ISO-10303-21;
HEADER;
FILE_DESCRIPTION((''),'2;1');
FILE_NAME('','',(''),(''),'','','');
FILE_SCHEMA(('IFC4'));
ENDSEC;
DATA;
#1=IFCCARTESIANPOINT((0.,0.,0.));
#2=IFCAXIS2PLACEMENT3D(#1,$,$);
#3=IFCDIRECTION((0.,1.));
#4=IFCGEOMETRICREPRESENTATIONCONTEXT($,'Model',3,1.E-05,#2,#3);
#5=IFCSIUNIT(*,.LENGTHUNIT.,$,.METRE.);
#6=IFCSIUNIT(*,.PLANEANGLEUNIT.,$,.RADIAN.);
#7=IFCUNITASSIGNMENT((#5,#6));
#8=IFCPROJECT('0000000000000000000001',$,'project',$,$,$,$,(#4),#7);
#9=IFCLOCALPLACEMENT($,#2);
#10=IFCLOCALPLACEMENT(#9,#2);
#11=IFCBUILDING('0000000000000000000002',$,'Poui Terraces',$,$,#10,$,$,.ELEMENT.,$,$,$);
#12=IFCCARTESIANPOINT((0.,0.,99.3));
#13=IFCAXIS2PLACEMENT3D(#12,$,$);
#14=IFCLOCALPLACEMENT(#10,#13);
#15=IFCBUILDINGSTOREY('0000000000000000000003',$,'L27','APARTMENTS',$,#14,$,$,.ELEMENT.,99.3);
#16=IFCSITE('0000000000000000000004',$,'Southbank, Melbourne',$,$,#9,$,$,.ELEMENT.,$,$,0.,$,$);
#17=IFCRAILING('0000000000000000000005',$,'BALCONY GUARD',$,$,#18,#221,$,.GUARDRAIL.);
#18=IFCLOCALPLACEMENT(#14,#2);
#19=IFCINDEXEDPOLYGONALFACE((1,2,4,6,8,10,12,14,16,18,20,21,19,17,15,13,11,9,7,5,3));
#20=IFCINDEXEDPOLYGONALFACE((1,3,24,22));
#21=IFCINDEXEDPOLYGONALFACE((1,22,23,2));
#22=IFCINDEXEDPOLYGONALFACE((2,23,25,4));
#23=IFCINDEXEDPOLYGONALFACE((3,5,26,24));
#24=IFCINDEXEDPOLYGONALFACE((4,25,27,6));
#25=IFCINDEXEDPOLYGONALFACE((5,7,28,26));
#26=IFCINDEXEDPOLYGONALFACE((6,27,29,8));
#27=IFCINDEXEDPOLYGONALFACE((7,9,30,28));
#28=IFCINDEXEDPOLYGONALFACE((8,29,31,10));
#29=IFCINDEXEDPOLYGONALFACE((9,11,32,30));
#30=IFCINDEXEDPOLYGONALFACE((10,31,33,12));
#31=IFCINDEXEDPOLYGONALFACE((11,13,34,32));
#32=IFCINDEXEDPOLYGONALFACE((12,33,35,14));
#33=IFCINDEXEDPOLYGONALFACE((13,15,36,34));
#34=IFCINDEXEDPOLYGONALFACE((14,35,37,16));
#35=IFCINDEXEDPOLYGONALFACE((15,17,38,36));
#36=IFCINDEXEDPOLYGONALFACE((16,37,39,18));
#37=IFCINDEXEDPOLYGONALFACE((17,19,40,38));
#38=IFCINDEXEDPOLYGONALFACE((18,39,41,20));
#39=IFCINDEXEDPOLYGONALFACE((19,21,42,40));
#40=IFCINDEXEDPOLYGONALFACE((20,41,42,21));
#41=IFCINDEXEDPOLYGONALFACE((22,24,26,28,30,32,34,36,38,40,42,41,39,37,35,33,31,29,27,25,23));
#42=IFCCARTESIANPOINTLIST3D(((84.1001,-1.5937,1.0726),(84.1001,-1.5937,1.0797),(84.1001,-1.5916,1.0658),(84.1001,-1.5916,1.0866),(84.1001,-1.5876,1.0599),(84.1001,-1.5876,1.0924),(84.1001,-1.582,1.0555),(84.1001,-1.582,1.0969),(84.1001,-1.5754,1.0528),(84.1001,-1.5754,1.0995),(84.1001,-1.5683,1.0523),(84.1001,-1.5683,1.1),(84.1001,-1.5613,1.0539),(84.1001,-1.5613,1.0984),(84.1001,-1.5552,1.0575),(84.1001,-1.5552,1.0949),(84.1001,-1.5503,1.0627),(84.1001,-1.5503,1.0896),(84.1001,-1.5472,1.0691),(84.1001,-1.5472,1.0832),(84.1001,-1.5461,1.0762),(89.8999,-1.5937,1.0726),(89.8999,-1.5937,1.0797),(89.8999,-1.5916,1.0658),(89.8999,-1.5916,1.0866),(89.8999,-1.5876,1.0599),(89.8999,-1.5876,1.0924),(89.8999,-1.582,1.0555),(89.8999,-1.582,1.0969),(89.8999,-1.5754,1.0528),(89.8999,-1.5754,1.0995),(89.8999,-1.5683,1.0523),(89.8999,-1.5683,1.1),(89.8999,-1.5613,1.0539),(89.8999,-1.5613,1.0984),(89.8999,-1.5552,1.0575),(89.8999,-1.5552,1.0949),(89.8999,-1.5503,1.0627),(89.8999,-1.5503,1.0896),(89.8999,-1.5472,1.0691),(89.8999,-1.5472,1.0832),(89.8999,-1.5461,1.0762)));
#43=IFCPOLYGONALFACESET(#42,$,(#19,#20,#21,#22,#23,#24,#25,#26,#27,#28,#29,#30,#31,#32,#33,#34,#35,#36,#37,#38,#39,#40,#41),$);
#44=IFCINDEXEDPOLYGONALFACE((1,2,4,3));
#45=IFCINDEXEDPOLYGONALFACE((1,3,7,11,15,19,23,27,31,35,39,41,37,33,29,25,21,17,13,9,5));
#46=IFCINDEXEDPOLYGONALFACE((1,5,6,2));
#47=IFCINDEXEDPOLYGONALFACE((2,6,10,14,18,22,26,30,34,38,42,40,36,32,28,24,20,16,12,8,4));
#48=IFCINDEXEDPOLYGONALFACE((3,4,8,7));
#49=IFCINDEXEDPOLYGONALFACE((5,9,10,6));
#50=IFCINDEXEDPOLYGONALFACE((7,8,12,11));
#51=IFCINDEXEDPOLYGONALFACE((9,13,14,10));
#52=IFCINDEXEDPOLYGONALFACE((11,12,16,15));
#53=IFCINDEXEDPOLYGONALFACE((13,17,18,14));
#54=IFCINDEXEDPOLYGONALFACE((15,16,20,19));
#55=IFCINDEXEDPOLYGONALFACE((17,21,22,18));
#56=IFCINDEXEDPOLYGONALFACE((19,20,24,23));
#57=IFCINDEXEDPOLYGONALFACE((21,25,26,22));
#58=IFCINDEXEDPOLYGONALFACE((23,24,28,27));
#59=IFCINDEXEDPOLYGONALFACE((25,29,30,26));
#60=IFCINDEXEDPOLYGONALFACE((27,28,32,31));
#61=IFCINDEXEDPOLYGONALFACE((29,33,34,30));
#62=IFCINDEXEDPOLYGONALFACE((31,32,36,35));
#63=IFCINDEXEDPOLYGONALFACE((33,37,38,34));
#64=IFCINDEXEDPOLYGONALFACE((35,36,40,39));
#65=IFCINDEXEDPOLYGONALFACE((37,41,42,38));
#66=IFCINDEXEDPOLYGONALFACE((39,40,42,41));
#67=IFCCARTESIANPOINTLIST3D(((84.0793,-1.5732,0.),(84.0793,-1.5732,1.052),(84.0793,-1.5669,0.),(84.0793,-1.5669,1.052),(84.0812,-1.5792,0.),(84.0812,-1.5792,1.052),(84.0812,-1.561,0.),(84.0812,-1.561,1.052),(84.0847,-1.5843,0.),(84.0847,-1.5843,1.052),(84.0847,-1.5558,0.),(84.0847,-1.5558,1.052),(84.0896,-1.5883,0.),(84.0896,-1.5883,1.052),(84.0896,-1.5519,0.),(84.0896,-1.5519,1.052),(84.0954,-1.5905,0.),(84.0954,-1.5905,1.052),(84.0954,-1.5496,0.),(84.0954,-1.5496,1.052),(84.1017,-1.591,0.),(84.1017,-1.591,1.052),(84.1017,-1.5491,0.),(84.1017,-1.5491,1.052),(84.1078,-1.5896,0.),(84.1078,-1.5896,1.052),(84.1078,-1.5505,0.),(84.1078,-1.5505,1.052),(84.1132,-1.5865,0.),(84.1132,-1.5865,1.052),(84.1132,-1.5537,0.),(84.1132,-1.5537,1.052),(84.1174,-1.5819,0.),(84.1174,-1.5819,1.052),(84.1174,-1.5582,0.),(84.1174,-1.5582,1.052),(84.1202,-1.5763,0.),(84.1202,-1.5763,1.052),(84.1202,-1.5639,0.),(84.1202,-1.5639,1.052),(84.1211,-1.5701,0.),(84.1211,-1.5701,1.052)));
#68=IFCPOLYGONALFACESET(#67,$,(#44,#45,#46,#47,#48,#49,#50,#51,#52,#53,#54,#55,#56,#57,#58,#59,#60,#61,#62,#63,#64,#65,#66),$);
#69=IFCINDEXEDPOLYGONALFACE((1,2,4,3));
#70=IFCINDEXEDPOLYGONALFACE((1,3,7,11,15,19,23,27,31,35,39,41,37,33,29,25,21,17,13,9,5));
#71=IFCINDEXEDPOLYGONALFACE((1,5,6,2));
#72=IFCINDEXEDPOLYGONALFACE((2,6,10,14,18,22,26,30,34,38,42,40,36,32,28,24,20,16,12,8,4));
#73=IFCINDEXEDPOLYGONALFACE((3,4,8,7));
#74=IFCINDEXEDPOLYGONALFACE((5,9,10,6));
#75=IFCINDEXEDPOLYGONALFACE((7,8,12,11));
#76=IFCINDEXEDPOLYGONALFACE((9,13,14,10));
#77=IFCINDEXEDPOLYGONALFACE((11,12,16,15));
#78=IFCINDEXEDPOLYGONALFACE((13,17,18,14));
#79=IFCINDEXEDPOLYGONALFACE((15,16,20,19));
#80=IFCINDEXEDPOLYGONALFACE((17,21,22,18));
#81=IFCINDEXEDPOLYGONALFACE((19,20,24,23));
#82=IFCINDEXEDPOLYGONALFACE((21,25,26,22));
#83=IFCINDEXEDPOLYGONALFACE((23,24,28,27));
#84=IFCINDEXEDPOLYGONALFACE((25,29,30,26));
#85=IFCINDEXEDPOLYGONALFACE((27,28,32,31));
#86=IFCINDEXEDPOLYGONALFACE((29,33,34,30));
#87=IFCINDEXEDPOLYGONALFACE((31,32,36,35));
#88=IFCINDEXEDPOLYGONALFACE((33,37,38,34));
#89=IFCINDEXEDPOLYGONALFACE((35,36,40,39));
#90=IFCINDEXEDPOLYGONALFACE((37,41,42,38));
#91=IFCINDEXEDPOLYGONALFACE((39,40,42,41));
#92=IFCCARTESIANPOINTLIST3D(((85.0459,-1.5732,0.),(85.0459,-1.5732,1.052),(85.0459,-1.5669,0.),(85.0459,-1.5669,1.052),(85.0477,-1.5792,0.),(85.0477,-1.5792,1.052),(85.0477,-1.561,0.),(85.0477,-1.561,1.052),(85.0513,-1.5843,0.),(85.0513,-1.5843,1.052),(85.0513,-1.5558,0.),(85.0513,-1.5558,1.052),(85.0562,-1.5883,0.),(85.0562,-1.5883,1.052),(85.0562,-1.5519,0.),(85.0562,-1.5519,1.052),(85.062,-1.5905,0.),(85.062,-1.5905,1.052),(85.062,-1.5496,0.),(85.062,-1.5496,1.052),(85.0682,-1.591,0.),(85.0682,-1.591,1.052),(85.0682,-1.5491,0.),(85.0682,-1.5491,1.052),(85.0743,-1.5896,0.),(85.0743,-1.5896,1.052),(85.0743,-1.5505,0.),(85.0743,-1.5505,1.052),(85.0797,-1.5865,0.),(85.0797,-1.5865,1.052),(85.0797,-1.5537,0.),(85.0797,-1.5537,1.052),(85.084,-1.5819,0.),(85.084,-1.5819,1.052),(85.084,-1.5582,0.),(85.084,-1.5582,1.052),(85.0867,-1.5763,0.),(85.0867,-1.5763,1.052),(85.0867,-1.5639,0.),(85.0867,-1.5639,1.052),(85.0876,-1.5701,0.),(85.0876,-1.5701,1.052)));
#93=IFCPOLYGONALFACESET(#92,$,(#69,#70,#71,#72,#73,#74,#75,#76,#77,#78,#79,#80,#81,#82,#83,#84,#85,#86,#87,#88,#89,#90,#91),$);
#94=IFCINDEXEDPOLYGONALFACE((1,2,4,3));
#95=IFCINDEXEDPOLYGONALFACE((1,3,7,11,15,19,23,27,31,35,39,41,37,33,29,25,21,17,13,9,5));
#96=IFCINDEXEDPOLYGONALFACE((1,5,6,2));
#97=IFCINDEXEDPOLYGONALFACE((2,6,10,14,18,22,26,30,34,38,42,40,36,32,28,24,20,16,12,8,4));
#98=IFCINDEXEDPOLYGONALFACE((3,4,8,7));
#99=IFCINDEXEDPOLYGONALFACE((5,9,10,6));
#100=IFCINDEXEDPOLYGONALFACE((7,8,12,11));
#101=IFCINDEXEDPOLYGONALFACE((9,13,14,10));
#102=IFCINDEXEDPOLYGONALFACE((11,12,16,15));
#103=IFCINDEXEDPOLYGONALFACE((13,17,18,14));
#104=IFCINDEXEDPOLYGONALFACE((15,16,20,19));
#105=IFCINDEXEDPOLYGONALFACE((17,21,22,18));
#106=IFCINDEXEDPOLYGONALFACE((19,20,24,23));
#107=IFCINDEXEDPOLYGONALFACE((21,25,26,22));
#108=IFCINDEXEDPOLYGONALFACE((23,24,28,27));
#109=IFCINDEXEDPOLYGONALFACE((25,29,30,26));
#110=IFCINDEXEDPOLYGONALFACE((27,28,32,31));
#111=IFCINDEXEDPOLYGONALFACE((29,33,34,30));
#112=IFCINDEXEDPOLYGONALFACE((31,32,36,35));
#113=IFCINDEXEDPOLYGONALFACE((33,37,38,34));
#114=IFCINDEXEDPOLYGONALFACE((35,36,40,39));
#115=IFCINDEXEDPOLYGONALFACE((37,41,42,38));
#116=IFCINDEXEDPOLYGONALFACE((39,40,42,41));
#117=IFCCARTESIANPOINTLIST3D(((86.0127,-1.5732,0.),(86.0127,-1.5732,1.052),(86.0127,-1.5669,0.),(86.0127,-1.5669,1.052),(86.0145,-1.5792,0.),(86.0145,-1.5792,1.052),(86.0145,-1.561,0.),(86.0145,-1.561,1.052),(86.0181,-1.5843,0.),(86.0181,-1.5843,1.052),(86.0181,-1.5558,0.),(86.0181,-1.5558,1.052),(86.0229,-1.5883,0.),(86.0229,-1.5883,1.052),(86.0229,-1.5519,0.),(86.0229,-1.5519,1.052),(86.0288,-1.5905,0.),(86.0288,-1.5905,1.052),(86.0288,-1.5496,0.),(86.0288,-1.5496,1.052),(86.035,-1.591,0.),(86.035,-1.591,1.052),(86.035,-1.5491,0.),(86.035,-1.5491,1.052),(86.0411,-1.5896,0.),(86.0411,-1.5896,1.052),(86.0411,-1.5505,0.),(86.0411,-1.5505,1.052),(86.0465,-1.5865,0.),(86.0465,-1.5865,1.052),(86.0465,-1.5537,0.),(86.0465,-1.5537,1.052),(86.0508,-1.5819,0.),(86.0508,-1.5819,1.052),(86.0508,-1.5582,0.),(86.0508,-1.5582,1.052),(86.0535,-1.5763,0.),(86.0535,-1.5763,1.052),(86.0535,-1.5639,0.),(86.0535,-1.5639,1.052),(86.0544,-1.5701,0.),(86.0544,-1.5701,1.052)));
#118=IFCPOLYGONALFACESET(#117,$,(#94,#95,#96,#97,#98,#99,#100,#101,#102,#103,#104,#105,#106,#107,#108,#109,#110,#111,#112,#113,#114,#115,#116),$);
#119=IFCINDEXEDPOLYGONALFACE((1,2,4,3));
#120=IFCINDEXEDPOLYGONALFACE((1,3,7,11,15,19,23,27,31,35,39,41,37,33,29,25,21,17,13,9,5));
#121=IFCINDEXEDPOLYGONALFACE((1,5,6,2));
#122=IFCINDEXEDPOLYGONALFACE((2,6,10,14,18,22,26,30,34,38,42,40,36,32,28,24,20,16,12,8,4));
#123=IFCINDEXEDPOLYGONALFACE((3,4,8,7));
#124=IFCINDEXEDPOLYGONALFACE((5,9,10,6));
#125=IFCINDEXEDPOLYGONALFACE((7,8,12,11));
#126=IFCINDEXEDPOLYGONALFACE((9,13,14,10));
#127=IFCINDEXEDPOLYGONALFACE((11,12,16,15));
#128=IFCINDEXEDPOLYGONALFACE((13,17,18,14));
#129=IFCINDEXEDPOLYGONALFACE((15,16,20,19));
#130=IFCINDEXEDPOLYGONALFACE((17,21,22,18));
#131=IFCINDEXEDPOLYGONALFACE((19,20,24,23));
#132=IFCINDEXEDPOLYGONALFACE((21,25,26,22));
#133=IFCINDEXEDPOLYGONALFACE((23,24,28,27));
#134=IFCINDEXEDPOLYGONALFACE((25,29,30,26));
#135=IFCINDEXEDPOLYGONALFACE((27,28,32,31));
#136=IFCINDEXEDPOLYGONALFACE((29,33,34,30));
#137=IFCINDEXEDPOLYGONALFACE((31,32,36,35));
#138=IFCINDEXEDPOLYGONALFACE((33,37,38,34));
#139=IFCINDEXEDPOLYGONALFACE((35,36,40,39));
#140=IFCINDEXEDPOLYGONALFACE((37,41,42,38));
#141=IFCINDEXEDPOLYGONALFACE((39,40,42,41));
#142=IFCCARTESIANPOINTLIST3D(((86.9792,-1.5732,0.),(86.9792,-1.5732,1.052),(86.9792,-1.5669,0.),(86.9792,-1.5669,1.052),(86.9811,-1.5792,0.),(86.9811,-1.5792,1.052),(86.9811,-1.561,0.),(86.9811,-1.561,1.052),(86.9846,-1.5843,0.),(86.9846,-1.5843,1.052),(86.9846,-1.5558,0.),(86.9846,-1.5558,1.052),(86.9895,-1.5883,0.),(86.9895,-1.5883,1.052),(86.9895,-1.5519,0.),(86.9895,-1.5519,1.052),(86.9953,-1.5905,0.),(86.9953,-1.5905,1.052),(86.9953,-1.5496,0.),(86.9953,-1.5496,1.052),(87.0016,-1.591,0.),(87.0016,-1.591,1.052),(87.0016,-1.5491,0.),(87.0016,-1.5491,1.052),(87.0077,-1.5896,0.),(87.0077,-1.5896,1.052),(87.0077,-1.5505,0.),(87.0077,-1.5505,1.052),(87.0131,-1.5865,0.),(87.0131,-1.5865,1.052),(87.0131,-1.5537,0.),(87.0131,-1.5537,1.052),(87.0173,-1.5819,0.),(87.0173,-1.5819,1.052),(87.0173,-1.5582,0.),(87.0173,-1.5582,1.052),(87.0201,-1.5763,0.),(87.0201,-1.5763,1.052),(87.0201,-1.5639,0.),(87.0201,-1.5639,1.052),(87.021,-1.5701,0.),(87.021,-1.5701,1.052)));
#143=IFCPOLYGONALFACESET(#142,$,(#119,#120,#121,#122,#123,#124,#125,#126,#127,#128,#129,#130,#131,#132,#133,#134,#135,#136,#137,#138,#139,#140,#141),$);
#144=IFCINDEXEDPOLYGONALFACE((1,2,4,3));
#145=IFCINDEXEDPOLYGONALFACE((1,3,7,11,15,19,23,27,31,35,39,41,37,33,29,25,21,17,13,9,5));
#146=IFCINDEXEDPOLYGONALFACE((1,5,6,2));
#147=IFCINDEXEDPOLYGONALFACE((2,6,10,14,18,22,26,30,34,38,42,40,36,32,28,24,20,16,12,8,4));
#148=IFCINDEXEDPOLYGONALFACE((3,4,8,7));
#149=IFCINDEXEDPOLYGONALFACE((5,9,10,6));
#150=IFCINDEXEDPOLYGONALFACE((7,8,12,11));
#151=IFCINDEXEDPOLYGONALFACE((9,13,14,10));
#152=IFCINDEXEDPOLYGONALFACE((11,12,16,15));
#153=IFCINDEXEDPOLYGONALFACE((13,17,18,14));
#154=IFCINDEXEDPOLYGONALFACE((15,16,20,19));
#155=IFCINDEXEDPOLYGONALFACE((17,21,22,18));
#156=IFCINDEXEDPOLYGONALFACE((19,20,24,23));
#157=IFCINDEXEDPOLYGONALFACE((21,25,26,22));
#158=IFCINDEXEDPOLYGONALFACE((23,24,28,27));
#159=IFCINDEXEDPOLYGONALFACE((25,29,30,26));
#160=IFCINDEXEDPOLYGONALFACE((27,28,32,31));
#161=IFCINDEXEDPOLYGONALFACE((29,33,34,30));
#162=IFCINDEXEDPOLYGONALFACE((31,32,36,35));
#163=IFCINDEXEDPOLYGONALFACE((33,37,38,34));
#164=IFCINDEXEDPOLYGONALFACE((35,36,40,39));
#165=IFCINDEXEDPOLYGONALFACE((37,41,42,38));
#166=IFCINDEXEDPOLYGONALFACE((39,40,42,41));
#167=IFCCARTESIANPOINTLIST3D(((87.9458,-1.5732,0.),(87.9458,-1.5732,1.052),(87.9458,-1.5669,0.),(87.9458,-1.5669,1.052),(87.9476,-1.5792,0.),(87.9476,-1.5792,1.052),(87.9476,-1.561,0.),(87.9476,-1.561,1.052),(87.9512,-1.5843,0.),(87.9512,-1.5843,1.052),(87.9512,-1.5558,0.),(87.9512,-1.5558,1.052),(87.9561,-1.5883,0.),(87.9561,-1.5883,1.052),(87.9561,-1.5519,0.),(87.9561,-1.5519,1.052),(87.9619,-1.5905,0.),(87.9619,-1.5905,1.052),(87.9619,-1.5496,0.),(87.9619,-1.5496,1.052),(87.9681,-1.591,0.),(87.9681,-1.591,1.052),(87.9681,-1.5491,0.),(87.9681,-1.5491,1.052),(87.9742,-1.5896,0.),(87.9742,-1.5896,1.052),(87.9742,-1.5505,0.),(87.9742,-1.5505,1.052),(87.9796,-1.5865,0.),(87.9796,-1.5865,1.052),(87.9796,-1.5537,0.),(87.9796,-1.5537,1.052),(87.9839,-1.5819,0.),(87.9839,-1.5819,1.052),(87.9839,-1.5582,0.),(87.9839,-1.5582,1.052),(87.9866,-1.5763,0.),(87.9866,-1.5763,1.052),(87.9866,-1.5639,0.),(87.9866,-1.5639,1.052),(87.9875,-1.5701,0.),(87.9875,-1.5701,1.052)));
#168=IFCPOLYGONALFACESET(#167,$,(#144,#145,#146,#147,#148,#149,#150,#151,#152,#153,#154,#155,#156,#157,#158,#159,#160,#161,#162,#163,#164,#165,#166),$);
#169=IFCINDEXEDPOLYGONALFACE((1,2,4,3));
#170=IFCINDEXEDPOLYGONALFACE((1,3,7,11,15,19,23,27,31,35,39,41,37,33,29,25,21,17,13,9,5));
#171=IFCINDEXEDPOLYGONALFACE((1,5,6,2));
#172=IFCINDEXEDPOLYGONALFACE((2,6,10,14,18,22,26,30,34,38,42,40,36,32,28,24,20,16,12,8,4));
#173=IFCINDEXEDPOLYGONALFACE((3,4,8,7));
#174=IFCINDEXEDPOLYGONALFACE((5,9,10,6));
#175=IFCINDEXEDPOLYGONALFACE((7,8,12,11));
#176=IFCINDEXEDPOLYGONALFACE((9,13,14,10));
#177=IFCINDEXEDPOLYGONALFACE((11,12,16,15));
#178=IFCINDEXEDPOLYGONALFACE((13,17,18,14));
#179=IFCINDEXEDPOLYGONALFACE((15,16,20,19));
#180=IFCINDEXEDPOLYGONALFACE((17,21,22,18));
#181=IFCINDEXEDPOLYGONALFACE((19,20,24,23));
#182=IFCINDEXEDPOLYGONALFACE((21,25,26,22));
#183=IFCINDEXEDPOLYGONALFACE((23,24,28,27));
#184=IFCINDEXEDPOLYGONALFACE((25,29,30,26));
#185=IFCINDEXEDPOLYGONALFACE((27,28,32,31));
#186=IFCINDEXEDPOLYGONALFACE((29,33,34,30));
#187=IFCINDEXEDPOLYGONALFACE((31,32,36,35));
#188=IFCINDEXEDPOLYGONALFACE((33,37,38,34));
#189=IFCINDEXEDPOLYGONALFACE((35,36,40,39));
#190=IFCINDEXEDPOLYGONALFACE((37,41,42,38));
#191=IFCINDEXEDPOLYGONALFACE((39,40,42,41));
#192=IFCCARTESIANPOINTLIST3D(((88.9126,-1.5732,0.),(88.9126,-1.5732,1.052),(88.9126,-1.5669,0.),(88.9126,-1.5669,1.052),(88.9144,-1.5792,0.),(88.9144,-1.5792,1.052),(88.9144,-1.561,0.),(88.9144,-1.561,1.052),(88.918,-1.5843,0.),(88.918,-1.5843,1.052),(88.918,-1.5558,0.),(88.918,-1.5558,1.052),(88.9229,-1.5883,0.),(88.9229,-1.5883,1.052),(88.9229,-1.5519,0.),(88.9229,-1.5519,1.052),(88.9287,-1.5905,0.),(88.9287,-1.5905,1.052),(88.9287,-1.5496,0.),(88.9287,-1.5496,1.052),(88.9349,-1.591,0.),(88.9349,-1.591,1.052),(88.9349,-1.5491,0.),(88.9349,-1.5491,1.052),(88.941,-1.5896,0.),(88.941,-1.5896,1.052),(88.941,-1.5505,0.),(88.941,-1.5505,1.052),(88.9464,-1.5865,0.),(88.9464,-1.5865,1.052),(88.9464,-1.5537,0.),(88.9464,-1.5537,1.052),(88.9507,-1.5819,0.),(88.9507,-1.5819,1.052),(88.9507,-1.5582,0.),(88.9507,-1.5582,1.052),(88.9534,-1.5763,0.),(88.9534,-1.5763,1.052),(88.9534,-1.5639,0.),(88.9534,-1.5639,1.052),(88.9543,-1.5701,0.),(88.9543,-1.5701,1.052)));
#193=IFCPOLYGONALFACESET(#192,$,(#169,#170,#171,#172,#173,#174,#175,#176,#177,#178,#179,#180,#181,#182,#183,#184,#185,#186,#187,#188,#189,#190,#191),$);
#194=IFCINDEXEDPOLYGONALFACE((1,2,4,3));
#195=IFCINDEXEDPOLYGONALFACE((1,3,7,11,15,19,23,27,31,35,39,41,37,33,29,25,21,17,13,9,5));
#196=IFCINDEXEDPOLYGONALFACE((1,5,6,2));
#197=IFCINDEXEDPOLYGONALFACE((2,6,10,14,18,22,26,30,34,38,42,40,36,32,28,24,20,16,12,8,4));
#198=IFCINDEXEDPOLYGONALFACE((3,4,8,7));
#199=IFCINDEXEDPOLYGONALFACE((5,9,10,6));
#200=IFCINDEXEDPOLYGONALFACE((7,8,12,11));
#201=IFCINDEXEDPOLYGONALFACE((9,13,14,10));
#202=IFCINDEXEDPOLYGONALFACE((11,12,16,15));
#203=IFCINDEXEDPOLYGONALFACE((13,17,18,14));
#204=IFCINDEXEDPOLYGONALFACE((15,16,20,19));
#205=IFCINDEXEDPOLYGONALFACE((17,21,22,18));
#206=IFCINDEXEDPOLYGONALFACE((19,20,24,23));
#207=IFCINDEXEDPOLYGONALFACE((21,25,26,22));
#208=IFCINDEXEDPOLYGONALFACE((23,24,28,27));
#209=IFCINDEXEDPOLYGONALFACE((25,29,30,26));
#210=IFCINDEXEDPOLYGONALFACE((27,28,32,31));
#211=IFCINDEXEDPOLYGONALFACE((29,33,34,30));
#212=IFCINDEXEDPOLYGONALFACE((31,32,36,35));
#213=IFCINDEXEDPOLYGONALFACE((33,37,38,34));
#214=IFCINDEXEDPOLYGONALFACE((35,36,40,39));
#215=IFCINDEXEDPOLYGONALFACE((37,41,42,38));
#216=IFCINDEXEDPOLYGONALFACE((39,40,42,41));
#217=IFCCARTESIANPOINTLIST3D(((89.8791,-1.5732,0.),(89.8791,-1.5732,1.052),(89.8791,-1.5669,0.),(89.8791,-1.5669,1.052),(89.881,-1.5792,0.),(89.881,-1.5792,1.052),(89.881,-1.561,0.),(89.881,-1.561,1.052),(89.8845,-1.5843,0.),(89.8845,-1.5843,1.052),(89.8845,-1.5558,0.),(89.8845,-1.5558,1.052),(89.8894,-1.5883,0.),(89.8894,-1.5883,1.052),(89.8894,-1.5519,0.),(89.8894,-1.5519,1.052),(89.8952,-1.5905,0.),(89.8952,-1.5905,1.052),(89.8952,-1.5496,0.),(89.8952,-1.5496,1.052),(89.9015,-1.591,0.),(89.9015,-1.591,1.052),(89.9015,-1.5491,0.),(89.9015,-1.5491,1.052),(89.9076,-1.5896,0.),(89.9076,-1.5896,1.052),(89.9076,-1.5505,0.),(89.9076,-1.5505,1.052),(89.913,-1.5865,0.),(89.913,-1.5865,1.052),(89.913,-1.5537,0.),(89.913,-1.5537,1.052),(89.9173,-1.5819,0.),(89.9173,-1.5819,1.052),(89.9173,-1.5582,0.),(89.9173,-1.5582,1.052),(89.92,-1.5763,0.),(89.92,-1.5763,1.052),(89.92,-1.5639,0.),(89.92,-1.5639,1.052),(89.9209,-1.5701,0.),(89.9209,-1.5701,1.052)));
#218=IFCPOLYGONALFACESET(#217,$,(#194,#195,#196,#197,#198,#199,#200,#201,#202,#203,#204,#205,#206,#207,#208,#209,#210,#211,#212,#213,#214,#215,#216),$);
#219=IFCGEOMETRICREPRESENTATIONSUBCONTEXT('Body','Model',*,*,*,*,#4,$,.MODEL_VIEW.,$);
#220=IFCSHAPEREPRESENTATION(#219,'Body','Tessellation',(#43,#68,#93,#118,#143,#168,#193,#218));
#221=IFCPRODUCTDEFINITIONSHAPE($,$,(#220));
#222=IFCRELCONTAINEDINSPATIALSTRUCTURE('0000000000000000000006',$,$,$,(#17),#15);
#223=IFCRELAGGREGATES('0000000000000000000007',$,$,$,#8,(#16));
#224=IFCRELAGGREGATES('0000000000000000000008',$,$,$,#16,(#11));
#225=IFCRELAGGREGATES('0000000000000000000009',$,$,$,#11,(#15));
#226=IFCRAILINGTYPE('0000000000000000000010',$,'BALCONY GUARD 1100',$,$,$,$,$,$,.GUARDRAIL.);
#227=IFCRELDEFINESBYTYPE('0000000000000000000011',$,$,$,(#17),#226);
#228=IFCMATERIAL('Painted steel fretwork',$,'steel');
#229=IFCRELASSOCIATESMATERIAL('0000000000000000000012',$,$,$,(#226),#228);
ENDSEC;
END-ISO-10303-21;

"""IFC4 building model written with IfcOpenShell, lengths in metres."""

from ifc_helpers import new_model, si_unit, direction, frame, origin, origin_2d, place, context, subcontext, project, spatial, circle, extrude, material, type_object, element, save


model = new_model("IFC4")

# Units and contexts
model_context = context("Model", 3, precision=1e-05, world=origin(), true_north=direction((0.0, 1.0)))
body_context = subcontext(model_context, "Body", "Model", "MODEL_VIEW")
ifc_project = project(units=[si_unit("LENGTHUNIT", "METRE"), si_unit("PLANEANGLEUNIT", "RADIAN")], contexts=[model_context])

# Site, building, storey
site_placement = place(None, origin())
site = spatial("IfcSite", under=ifc_project, at=site_placement, Name="Southbank, Melbourne", CompositionType="ELEMENT", RefElevation=0.0)
building_placement = place(site_placement, origin())
building = spatial("IfcBuilding", under=site, at=building_placement, Name="Poui Terraces", CompositionType="ELEMENT")
storey_placement = place(building_placement, frame((0.0, 0.0, 99.3)))
storey = spatial("IfcBuildingStorey", under=building, at=storey_placement, Name="L27", Description="APARTMENTS", CompositionType="ELEMENT", Elevation=99.3)

# Railing
ifc_material_1 = material(Name="Painted steel fretwork", Category="steel")
railing_type = type_object("IfcRailingType", Name="BALCONY GUARD 1100", PredefinedType="GUARDRAIL", material=ifc_material_1)
railing_placement = place(storey_placement, frame((84.1001, -1.5701, 0.0)))
element("IfcRailing", 1, at=railing_placement, inside=storey, type_object=railing_type, Name="BALCONY GUARD", PredefinedType="GUARDRAIL", context=body_context, shape_type="SweptSolid", body=[
    extrude(circle(Radius=0.0239, at=origin_2d()), frame((0.0, 0.0, 1.0762), z_axis=(1.0, 0.0, 0.0), x_axis=(0.0, 1.0, 0.0)), (0.0, 0.0, 1.0), 5.7998),
    extrude(circle(Radius=0.021, at=origin_2d()), origin(), (0.0, 0.0, 1.0), 1.052),
    extrude(circle(Radius=0.021, at=origin_2d()), frame((0.9666, 0.0, 0.0)), (0.0, 0.0, 1.0), 1.052),
    extrude(circle(Radius=0.021, at=origin_2d()), frame((1.9333, 0.0, 0.0)), (0.0, 0.0, 1.0), 1.052),
    extrude(circle(Radius=0.021, at=origin_2d()), frame((2.8999, 0.0, 0.0)), (0.0, 0.0, 1.0), 1.052),
    extrude(circle(Radius=0.021, at=origin_2d()), frame((3.8665, 0.0, 0.0)), (0.0, 0.0, 1.0), 1.052),
    extrude(circle(Radius=0.021, at=origin_2d()), frame((4.8333, 0.0, 0.0)), (0.0, 0.0, 1.0), 1.052),
    extrude(circle(Radius=0.021, at=origin_2d()), frame((5.7998, 0.0, 0.0)), (0.0, 0.0, 1.0), 1.052),
])

save(model, "model.ifc")
